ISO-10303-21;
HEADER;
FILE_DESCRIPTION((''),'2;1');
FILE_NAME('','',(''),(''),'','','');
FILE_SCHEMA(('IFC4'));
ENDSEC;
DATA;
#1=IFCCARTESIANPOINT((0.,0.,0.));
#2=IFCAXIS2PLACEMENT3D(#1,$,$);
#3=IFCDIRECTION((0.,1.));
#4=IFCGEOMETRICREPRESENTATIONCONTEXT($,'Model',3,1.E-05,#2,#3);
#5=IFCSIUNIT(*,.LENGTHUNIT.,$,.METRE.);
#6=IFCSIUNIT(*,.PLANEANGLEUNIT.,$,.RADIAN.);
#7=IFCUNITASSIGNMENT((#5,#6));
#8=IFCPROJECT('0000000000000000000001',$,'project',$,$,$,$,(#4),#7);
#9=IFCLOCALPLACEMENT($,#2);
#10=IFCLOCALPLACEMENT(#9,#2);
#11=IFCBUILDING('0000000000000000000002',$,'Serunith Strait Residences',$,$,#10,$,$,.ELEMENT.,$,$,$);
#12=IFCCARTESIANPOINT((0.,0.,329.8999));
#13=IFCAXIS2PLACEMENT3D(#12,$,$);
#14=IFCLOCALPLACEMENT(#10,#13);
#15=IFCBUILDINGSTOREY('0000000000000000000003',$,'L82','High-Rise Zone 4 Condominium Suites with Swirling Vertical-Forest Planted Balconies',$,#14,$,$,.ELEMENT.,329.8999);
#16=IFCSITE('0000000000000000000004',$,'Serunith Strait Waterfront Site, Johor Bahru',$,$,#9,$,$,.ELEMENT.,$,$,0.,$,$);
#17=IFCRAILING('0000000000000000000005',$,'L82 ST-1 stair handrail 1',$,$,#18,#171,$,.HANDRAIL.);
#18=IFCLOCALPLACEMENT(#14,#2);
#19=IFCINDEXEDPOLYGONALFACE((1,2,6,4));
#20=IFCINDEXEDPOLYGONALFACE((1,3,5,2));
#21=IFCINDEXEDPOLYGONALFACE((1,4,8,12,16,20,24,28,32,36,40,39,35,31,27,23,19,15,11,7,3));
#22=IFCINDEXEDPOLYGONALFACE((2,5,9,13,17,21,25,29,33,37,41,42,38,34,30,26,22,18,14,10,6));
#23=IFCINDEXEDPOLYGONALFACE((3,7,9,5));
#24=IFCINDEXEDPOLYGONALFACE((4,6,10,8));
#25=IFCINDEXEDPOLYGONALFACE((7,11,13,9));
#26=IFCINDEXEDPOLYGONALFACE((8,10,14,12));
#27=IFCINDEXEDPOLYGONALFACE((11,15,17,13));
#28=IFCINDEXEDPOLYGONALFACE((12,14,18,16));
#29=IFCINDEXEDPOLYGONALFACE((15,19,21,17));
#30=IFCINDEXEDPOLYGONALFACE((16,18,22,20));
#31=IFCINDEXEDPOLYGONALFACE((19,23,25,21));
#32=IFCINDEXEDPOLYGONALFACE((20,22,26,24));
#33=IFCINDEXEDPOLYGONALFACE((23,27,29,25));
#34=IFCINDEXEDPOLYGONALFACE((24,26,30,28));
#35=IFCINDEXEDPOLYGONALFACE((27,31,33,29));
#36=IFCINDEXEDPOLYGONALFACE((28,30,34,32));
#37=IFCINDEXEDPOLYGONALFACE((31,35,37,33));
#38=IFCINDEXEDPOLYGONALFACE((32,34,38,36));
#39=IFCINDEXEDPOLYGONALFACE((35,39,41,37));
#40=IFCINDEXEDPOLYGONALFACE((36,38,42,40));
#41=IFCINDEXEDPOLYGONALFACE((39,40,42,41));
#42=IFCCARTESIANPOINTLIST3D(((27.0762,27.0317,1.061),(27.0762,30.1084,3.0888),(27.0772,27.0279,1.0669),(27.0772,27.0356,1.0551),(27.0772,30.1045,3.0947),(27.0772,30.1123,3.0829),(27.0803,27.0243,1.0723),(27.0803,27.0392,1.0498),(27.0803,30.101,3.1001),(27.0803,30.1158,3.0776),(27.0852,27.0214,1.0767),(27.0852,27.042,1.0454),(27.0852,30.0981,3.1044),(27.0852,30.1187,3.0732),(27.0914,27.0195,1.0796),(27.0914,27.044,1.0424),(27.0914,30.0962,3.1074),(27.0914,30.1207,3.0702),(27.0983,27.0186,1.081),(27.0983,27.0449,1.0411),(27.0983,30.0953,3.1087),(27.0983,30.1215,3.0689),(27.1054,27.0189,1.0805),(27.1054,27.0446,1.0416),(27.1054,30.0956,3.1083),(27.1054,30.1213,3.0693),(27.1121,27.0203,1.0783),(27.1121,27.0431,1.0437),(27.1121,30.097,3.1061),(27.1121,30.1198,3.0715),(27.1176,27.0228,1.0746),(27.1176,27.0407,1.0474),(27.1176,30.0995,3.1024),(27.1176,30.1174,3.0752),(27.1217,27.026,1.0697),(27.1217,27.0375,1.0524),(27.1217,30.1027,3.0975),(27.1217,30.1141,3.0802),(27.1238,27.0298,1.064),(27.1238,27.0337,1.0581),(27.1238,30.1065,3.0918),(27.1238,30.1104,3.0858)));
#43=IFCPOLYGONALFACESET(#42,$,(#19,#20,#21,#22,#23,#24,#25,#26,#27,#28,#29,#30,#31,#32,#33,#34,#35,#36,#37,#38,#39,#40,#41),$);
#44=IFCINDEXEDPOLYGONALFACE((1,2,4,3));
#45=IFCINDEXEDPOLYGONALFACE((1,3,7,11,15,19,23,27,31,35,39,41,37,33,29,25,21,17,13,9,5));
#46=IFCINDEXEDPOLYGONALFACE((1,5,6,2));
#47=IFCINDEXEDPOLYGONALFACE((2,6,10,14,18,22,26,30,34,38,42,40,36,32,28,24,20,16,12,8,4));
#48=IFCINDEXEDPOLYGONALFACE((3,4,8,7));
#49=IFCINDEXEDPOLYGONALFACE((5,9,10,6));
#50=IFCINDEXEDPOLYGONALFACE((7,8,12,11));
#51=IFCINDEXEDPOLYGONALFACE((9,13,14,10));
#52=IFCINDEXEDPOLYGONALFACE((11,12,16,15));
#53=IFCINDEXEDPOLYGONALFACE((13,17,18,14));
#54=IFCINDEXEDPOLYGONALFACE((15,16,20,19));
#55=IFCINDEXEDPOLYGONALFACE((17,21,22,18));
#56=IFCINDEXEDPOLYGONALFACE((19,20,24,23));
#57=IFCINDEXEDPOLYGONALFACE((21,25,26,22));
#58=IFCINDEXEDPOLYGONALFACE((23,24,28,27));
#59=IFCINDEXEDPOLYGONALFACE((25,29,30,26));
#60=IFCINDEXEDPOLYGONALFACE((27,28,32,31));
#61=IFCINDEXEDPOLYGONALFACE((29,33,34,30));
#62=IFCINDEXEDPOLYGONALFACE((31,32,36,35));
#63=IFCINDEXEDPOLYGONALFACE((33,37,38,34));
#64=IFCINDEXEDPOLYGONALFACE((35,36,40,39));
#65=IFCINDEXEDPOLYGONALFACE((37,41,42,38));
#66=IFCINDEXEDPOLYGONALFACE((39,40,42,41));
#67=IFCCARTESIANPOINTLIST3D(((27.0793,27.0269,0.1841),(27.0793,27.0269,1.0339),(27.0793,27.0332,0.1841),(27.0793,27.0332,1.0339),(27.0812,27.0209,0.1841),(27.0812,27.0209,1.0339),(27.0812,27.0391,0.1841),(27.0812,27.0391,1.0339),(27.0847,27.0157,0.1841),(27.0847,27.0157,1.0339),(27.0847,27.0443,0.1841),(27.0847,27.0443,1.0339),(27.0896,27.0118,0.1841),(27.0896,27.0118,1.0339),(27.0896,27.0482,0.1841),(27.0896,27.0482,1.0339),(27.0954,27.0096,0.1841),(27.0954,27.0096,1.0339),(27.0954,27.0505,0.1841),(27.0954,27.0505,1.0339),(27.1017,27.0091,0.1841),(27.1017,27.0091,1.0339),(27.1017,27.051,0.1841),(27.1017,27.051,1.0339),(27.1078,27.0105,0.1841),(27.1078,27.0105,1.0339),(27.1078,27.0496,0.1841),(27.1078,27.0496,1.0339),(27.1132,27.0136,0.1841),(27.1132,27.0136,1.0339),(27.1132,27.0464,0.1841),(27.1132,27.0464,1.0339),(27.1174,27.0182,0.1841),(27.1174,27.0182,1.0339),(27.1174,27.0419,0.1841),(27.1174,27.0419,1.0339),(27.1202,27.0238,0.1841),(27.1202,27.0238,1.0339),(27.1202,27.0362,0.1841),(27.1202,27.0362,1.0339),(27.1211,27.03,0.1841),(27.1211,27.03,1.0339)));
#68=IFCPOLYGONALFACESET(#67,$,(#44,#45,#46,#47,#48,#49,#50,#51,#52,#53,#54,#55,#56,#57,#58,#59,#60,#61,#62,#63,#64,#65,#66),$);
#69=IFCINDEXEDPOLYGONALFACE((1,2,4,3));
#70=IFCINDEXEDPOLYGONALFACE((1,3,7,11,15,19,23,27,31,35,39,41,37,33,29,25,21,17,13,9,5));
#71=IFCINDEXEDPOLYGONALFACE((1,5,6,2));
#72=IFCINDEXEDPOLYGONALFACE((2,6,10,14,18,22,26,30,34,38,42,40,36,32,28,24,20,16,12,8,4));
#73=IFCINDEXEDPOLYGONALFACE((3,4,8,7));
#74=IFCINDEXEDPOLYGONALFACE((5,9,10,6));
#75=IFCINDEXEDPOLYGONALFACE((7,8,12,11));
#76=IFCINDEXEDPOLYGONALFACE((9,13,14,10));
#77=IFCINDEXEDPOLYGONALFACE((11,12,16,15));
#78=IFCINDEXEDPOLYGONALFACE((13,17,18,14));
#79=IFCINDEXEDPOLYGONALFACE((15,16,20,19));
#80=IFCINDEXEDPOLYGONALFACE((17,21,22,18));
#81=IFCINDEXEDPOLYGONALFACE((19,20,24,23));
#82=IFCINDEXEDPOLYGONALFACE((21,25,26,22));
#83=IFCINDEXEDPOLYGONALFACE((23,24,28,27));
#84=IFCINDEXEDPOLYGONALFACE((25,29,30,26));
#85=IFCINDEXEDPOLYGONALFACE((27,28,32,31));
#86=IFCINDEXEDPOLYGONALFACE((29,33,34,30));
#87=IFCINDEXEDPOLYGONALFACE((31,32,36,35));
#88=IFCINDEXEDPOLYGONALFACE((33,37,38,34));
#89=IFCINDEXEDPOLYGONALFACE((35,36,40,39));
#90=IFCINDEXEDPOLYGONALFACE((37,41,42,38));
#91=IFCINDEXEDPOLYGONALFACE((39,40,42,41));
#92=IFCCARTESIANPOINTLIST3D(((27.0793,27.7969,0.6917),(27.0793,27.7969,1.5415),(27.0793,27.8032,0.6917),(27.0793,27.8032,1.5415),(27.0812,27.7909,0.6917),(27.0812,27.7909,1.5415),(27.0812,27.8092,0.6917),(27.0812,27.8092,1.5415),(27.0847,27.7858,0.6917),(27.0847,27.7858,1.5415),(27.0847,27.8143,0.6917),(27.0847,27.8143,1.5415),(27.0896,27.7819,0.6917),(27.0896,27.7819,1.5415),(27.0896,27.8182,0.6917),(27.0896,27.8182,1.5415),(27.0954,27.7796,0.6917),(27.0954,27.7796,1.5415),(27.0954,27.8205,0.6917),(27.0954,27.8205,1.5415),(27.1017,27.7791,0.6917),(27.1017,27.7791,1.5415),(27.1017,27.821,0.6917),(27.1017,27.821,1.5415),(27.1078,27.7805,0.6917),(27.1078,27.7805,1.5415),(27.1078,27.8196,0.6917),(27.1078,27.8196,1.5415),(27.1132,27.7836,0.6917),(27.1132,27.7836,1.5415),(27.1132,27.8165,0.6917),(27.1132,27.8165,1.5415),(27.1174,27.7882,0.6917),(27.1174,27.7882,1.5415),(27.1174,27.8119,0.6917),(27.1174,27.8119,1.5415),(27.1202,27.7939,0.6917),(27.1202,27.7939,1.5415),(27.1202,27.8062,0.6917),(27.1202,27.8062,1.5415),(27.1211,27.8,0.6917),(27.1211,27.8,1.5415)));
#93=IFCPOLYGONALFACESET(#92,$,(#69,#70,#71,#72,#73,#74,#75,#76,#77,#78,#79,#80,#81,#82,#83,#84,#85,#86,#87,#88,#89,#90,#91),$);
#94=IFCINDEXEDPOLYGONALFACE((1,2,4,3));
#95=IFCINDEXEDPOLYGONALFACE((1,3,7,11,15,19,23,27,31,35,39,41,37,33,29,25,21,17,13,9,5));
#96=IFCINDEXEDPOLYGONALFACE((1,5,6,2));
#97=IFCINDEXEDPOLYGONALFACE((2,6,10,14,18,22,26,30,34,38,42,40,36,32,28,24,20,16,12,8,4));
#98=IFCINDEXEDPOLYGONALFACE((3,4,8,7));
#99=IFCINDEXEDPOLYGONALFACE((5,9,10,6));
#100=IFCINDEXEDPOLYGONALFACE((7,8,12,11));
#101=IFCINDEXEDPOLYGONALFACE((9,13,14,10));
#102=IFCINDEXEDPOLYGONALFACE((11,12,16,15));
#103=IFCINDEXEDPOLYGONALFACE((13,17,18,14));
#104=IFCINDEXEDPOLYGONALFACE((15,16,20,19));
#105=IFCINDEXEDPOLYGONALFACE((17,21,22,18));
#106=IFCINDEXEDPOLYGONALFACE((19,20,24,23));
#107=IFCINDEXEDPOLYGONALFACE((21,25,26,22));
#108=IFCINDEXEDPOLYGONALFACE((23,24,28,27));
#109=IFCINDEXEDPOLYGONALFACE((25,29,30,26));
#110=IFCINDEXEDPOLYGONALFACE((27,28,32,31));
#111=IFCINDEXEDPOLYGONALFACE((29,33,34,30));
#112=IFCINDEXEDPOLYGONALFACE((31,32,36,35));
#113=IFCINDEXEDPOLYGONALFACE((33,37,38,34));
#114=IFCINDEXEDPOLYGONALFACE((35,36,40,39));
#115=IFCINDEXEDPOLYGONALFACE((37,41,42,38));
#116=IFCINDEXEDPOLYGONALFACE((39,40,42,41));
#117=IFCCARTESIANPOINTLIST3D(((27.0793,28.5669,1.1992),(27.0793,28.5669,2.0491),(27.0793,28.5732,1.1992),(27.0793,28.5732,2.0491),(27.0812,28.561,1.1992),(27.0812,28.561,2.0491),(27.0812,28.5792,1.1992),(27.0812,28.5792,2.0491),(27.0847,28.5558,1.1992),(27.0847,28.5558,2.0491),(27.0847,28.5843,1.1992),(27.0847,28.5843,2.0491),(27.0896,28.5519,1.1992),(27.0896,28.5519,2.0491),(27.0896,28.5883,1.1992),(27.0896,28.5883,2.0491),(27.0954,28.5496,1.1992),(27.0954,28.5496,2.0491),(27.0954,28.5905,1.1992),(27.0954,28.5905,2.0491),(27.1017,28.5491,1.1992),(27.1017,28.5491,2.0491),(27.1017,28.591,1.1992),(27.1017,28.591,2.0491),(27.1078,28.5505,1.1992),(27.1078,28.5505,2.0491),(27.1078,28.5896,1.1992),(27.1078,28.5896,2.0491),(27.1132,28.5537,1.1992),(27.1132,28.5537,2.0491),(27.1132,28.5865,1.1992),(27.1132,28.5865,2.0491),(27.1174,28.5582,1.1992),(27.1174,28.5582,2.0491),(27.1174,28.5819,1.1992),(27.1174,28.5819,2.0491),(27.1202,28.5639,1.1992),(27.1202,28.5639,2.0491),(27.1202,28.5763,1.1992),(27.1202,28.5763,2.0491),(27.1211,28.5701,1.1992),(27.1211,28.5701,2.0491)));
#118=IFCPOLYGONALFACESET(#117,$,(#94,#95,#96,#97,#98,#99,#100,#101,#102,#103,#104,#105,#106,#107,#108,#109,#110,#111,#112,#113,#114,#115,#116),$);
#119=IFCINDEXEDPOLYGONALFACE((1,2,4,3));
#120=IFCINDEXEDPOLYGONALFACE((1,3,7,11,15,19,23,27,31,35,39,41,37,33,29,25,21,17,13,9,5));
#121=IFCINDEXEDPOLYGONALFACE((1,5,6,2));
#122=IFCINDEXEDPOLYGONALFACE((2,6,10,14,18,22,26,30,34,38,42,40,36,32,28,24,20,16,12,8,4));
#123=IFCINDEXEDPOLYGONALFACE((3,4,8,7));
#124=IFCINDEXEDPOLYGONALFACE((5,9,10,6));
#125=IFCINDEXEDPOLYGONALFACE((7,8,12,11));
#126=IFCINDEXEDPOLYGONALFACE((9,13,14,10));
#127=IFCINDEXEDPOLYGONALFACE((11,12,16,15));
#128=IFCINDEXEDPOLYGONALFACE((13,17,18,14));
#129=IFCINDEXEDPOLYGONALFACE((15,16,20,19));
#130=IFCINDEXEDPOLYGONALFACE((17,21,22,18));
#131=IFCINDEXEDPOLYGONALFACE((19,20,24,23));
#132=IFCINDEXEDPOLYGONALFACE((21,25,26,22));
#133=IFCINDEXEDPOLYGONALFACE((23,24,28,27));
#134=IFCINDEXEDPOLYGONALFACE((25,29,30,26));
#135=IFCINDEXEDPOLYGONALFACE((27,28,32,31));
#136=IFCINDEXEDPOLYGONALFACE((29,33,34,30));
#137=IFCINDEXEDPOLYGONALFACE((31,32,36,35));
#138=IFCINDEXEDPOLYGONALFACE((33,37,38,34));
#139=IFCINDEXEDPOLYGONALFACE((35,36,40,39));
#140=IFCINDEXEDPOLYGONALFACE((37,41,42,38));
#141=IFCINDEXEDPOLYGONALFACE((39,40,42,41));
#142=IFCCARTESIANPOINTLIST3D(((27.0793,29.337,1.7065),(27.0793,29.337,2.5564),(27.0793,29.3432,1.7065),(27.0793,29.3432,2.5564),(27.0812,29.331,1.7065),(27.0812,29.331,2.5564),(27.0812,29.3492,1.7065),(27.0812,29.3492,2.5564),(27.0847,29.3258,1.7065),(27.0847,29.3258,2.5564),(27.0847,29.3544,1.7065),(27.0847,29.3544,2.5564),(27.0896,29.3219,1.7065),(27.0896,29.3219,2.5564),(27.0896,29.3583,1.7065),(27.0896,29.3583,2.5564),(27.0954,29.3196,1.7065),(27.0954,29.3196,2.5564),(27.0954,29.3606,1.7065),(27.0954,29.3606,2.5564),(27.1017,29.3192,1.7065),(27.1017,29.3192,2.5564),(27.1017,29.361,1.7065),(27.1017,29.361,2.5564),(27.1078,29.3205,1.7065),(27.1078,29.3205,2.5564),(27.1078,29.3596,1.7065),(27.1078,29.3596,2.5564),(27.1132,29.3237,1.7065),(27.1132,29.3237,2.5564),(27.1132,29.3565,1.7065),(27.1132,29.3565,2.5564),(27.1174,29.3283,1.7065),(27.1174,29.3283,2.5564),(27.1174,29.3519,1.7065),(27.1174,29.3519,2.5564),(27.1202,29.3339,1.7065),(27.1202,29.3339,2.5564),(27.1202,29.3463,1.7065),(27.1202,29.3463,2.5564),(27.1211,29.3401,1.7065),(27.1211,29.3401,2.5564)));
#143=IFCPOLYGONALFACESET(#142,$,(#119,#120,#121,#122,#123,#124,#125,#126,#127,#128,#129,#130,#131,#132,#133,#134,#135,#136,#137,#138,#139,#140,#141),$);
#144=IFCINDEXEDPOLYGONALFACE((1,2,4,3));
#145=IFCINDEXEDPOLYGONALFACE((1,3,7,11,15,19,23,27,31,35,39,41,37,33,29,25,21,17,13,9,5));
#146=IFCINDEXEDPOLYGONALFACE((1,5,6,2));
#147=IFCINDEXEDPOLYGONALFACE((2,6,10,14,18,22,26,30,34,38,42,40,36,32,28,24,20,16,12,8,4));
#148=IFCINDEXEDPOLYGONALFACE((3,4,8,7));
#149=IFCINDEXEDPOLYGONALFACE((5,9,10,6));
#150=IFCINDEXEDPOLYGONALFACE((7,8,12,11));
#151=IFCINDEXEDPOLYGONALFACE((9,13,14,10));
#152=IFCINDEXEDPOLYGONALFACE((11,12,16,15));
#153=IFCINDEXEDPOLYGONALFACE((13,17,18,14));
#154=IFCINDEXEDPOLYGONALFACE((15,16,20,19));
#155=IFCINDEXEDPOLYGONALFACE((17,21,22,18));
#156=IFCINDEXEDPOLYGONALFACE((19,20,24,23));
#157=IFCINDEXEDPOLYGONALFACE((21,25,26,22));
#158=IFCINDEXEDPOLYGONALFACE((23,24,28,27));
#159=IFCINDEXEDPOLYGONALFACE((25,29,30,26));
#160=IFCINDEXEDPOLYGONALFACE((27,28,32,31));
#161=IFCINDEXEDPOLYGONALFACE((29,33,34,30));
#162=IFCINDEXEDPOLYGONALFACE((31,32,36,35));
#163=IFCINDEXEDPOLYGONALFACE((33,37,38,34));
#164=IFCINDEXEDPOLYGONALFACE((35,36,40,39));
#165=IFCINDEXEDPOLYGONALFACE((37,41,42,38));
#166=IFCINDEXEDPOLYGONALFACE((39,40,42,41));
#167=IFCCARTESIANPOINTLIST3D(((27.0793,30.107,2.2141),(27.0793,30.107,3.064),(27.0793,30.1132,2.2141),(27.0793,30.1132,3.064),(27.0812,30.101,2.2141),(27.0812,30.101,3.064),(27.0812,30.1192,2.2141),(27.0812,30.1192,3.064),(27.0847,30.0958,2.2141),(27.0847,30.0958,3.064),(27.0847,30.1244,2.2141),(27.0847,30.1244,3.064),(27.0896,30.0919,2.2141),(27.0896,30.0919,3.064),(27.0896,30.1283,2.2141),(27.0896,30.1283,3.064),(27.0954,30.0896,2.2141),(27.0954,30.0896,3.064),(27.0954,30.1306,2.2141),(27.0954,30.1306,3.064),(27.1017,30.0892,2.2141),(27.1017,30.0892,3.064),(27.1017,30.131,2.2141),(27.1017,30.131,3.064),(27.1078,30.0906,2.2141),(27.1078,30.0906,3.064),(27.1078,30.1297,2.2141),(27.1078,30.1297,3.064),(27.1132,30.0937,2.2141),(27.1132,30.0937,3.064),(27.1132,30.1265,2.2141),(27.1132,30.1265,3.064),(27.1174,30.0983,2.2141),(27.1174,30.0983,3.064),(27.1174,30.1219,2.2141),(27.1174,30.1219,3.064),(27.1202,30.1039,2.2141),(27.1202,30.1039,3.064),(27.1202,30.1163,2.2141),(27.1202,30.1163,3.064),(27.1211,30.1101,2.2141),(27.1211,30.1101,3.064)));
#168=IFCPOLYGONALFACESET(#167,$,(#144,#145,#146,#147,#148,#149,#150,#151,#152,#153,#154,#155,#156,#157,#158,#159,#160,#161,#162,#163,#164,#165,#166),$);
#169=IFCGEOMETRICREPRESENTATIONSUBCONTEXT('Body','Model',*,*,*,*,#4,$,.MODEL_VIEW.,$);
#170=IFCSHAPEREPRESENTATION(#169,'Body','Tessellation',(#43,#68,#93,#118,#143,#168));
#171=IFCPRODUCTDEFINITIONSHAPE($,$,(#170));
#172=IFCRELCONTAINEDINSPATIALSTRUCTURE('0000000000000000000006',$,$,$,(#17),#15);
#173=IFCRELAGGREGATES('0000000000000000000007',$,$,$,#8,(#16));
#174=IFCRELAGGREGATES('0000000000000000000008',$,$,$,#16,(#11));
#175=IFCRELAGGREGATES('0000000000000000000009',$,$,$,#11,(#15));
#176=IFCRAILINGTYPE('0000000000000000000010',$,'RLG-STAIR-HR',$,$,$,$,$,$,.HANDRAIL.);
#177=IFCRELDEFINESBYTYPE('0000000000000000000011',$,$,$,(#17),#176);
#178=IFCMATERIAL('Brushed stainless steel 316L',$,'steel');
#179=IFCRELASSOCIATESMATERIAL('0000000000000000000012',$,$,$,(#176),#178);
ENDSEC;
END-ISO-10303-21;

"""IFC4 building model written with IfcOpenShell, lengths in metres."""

from ifc_helpers import new_model, si_unit, direction, frame, origin, origin_2d, place, context, subcontext, project, spatial, circle, extrude, material, type_object, element, save


model = new_model("IFC4")

# Units and contexts
model_context = context("Model", 3, precision=1e-05, world=origin(), true_north=direction((0.0, 1.0)))
body_context = subcontext(model_context, "Body", "Model", "MODEL_VIEW")
ifc_project = project(units=[si_unit("LENGTHUNIT", "METRE"), si_unit("PLANEANGLEUNIT", "RADIAN")], contexts=[model_context])

# Site, building, storey
site_placement = place(None, origin())
site = spatial("IfcSite", under=ifc_project, at=site_placement, Name="Serunith Strait Waterfront Site, Johor Bahru", CompositionType="ELEMENT", RefElevation=0.0)
building_placement = place(site_placement, origin())
building = spatial("IfcBuilding", under=site, at=building_placement, Name="Serunith Strait Residences", CompositionType="ELEMENT")
storey_placement = place(building_placement, frame((0.0, 0.0, 329.8999)))
storey = spatial("IfcBuildingStorey", under=building, at=storey_placement, Name="L82", Description="High-Rise Zone 4 Condominium Suites with Swirling Vertical-Forest Planted Balconies", CompositionType="ELEMENT", Elevation=329.8999)

# Railing
ifc_material_1 = material(Name="Brushed stainless steel 316L", Category="steel")
railing_type_1 = type_object("IfcRailingType", Name="RLG-STAIR-HR", PredefinedType="HANDRAIL", material=ifc_material_1)
railing_1_placement = place(storey_placement, frame((27.1001, 27.03, 0.1841)))
element("IfcRailing", 1, at=railing_1_placement, inside=storey, type_object=railing_type_1, Name="L82 ST-1 stair handrail 1", PredefinedType="HANDRAIL", context=body_context, shape_type="SweptSolid", body=[
    extrude(circle(Radius=0.0239, at=origin_2d()), frame((0.0, 0.0017, 0.877), z_axis=(0.0, 0.834961, 0.550309), x_axis=(-1.0, 0.0, 0.0)), (0.0, 0.0, 1.0), 3.6848),
    extrude(circle(Radius=0.021, at=origin_2d()), origin(), (0.0, 0.0, 1.0), 0.8499),
    extrude(circle(Radius=0.021, at=origin_2d()), frame((0.0, 0.77, 0.5076)), (0.0, 0.0, 1.0), 0.8499),
    extrude(circle(Radius=0.021, at=origin_2d()), frame((0.0, 1.54, 1.0151)), (0.0, 0.0, 1.0), 0.8499),
    extrude(circle(Radius=0.021, at=origin_2d()), frame((0.0, 2.3101, 1.5225)), (0.0, 0.0, 1.0), 0.8499),
    extrude(circle(Radius=0.021, at=origin_2d()), frame((0.0, 3.0801, 2.03)), (0.0, 0.0, 1.0), 0.8499),
])

save(model, "model.ifc")
